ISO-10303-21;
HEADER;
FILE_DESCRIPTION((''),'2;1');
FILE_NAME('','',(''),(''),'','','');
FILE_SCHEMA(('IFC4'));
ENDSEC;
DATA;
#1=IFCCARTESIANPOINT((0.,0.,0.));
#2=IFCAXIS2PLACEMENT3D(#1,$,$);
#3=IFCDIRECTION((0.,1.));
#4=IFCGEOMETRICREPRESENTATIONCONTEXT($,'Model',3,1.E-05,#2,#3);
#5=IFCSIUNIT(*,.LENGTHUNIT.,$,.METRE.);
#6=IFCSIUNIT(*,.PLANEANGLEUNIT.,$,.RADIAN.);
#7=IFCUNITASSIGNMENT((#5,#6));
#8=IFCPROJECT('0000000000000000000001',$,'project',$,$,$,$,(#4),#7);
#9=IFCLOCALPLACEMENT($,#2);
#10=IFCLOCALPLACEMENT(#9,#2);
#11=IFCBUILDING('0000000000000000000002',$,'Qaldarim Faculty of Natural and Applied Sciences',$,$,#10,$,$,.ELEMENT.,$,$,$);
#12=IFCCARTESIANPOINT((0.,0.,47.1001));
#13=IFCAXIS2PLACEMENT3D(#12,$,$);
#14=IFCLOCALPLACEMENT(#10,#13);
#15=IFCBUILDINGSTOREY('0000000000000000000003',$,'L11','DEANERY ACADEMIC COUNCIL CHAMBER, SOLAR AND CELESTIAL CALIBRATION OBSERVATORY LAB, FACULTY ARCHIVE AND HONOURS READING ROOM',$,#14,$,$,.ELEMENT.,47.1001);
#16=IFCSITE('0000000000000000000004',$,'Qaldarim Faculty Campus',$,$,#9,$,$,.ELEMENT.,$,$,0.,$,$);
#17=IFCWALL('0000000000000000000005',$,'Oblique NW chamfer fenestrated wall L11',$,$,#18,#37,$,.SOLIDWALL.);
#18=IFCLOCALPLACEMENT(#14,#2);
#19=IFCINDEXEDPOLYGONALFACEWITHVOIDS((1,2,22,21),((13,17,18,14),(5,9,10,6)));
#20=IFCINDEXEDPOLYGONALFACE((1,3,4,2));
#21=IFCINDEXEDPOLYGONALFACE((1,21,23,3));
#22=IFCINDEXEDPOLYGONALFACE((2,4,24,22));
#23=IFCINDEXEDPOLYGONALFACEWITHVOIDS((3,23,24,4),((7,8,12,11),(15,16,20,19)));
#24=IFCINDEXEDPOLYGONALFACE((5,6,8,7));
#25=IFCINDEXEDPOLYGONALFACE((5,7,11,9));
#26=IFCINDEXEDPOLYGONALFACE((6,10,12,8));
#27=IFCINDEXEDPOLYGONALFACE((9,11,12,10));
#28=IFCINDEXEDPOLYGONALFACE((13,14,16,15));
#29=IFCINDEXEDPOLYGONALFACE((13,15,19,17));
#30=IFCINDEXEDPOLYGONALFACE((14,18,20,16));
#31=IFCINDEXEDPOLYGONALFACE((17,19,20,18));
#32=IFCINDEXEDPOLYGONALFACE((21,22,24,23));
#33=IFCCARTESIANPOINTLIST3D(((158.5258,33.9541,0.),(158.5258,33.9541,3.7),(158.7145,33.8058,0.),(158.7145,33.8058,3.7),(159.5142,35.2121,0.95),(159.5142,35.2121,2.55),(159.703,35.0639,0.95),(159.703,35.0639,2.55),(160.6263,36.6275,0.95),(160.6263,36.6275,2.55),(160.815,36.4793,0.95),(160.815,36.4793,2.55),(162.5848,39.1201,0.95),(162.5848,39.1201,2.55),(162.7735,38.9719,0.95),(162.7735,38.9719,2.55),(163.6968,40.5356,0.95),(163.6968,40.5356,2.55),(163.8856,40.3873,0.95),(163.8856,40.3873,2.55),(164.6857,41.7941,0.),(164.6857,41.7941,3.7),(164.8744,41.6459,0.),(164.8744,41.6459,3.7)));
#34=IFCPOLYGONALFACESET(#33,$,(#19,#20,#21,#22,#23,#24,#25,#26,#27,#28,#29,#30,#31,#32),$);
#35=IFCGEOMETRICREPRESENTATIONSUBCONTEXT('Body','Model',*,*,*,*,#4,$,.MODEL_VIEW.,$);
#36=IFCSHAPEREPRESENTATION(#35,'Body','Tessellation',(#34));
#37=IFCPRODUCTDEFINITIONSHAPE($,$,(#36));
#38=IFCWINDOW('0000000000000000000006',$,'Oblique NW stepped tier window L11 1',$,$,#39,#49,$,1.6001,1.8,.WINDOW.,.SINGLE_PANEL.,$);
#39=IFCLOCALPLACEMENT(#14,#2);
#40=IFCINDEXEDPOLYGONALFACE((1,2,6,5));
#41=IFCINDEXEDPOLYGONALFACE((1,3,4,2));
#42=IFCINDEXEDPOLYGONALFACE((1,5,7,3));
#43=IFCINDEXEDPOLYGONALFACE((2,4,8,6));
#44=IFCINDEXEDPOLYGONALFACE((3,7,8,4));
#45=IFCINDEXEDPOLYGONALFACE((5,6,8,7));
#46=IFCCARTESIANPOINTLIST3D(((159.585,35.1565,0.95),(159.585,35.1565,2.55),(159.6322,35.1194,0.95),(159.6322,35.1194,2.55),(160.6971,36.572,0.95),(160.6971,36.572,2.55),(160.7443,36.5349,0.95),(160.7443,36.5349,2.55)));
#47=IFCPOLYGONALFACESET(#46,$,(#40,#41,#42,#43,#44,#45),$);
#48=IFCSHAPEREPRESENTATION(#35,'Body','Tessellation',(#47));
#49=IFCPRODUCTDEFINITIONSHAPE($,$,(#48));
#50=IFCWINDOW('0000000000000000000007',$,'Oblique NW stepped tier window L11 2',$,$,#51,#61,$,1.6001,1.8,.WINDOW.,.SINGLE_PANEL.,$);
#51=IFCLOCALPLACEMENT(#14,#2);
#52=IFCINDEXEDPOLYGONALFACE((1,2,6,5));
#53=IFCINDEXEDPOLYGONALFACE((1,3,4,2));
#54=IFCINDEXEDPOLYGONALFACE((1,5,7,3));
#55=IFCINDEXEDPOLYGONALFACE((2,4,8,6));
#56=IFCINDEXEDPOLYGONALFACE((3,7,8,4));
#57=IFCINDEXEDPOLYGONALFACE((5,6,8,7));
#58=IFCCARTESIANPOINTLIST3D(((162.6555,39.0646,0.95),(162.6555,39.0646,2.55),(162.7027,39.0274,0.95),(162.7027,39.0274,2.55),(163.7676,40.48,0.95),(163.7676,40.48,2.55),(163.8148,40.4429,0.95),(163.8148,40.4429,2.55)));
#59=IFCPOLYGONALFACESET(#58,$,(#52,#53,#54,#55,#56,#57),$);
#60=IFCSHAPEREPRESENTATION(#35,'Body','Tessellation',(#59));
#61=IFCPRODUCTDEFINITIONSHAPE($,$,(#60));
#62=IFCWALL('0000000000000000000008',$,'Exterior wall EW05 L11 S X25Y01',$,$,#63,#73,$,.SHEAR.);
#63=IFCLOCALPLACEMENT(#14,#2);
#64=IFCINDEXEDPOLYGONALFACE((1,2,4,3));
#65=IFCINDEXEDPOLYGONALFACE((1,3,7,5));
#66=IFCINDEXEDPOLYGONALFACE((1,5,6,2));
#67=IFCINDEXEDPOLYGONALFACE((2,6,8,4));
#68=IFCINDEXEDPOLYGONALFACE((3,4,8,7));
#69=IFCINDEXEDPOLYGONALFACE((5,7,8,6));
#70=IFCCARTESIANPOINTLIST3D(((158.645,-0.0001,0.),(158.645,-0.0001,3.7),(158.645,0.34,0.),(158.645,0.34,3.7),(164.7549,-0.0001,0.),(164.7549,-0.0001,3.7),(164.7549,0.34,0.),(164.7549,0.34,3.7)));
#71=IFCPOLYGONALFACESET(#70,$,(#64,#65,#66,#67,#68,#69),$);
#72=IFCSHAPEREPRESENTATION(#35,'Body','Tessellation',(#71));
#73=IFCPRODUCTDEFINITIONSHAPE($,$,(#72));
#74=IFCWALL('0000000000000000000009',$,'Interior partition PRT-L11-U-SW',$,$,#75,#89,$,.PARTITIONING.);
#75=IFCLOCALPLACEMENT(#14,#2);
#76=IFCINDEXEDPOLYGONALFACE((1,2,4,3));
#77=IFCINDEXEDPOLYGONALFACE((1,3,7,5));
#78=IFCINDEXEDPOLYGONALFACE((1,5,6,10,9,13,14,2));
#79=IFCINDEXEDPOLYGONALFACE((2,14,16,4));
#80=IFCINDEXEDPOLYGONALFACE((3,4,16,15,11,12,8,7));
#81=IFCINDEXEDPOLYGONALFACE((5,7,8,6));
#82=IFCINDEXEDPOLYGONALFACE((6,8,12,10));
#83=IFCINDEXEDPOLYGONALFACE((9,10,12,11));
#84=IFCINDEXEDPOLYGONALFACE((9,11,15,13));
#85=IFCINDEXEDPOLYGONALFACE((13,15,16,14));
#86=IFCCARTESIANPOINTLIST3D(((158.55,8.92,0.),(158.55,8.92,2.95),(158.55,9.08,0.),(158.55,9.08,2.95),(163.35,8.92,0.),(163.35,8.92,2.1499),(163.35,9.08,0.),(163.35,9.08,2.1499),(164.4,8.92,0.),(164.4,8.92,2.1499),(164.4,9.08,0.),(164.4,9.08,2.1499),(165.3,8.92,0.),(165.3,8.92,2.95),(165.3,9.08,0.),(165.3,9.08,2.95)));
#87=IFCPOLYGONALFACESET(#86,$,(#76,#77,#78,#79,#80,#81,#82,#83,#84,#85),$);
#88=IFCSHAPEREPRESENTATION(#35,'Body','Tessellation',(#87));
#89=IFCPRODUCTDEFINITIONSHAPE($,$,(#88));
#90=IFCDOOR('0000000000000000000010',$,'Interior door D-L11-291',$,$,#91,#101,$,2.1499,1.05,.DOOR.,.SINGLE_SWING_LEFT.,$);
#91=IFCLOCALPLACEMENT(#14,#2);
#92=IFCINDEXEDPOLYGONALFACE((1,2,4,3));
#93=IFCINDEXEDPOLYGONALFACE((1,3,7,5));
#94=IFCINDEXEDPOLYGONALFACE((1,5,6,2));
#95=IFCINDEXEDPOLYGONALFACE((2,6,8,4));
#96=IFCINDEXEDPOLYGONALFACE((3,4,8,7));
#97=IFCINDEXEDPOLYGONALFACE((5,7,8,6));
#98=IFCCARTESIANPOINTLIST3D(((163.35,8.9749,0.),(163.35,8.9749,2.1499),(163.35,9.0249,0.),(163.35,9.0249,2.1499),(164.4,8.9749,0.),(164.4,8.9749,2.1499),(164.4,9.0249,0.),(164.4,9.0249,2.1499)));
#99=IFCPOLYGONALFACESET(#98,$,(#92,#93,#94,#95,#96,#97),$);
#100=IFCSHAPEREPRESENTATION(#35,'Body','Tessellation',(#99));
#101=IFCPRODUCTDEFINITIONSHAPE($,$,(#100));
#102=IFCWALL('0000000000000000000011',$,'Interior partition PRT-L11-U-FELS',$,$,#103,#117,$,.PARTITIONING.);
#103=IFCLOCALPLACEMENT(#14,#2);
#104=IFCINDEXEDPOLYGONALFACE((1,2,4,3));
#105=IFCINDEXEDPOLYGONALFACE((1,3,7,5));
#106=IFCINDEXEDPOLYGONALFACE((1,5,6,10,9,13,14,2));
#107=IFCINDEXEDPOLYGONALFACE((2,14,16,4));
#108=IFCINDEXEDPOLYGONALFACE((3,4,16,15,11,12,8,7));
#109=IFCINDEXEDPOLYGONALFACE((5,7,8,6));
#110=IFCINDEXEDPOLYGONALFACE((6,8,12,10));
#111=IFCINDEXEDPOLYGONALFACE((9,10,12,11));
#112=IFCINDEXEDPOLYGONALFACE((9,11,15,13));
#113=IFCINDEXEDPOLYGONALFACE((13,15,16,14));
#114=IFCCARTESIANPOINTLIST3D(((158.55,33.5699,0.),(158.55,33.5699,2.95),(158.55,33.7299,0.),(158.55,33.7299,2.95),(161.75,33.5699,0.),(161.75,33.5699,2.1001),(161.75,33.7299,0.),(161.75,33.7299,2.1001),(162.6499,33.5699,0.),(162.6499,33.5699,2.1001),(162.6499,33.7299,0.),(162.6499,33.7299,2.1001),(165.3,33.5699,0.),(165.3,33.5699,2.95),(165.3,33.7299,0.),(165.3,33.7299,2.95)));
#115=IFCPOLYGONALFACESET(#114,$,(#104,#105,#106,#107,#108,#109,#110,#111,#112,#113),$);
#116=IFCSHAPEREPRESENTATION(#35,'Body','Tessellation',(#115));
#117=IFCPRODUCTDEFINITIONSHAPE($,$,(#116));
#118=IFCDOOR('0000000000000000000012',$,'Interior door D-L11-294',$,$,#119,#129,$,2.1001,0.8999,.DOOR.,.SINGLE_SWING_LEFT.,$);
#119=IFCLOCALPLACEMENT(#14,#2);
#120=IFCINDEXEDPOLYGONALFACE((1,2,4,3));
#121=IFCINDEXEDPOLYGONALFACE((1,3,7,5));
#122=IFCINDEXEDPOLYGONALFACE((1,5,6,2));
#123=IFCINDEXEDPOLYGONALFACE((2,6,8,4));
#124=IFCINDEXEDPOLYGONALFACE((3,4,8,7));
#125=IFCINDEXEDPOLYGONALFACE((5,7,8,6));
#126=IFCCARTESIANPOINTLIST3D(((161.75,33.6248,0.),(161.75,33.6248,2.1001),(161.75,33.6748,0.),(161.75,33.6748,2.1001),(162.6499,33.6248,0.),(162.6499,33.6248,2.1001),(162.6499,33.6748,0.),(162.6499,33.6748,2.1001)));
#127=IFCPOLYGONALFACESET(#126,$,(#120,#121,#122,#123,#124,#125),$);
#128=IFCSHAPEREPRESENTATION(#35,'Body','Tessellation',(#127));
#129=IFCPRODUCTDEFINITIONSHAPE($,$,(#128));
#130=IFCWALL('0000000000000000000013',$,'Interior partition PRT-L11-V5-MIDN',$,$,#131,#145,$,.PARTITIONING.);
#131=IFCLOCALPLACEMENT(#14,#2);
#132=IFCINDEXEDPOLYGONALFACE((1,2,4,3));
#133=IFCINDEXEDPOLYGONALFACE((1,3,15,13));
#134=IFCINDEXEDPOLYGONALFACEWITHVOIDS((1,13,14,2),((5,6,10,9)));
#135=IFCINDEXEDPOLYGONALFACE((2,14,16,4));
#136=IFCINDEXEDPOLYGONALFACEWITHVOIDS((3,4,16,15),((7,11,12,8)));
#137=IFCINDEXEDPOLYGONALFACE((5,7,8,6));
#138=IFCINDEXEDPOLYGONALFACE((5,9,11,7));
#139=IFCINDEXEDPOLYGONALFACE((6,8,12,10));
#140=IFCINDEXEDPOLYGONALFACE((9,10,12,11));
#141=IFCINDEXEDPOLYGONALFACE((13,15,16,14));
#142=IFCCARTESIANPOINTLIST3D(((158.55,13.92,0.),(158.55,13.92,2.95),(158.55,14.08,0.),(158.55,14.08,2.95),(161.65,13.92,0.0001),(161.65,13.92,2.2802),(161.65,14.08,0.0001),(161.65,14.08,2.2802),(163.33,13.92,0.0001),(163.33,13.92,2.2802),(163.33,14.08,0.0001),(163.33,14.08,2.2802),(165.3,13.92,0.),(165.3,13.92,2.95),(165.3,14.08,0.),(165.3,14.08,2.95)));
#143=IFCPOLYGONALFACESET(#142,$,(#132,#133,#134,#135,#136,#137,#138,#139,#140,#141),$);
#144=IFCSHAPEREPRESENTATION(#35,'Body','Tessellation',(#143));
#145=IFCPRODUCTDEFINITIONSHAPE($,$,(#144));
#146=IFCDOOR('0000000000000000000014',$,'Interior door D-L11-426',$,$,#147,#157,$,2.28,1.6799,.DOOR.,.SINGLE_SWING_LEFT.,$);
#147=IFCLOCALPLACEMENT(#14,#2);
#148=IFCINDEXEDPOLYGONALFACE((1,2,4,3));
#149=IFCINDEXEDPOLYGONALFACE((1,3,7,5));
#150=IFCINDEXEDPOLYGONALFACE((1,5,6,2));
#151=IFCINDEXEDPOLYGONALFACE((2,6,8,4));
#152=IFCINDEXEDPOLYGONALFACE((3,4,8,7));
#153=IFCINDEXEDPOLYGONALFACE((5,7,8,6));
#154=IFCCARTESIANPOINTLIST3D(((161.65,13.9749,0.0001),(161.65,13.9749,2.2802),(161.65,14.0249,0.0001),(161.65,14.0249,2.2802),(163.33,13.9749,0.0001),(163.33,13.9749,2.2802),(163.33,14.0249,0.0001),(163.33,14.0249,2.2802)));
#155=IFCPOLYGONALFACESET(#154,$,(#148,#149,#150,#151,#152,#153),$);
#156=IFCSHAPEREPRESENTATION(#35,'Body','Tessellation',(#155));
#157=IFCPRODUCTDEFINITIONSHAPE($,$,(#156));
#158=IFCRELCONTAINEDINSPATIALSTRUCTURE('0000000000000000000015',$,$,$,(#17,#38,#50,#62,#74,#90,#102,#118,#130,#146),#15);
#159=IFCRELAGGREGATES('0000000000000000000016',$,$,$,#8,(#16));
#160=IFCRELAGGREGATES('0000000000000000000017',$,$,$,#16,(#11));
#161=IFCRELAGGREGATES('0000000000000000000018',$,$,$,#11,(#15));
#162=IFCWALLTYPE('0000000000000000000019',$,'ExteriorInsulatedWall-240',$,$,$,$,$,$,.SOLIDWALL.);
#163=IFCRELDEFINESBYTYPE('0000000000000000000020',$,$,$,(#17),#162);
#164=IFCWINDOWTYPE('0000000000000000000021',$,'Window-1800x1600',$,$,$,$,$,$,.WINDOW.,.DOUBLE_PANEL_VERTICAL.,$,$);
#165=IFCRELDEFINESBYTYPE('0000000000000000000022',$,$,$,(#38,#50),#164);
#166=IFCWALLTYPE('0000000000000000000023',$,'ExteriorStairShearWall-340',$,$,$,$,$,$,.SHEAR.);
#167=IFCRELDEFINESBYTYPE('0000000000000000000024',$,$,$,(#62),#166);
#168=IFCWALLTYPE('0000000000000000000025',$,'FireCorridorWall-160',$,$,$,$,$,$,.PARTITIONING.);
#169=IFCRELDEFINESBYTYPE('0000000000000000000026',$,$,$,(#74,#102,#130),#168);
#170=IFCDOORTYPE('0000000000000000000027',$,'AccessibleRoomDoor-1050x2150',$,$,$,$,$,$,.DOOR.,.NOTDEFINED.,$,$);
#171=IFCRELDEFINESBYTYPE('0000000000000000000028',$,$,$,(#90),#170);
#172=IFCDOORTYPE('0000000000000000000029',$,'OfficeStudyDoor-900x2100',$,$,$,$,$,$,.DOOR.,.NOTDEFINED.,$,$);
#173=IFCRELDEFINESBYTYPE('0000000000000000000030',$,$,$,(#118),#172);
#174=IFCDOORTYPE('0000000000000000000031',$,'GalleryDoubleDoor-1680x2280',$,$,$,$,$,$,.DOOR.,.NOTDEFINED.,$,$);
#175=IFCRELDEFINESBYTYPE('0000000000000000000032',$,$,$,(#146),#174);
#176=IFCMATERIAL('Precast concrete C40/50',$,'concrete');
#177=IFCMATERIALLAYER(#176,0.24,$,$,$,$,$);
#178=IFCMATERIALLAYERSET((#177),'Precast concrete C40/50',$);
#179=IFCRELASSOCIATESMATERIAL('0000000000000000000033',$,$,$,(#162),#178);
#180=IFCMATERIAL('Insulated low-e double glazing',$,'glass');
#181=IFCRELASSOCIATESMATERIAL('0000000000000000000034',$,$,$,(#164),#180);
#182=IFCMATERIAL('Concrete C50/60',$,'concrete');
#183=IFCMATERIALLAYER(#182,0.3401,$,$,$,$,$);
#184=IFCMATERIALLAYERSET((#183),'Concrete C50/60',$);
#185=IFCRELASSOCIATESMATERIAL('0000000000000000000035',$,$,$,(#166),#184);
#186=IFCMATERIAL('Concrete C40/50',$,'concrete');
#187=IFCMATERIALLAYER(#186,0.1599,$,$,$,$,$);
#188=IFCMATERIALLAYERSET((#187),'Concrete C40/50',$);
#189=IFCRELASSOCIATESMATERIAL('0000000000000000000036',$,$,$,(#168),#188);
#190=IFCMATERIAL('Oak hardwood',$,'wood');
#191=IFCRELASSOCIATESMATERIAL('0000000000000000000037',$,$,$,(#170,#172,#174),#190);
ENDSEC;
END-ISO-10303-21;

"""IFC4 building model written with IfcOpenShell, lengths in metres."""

from ifc_helpers import new_model, si_unit, direction, frame, frame_2d, origin, place, context, subcontext, project, spatial, rectangle, extrude, material, layer, layer_set, type_object, element, fill, save


model = new_model("IFC4")

# Units and contexts
model_context = context("Model", 3, precision=1e-05, world=origin(), true_north=direction((0.0, 1.0)))
body_context = subcontext(model_context, "Body", "Model", "MODEL_VIEW")
ifc_project = project(units=[si_unit("LENGTHUNIT", "METRE"), si_unit("PLANEANGLEUNIT", "RADIAN")], contexts=[model_context])

# Site, building, storey
site_placement = place(None, origin())
site = spatial("IfcSite", under=ifc_project, at=site_placement, Name="Qaldarim Faculty Campus", CompositionType="ELEMENT", RefElevation=0.0)
building_placement = place(site_placement, origin())
building = spatial("IfcBuilding", under=site, at=building_placement, Name="Qaldarim Faculty of Natural and Applied Sciences", CompositionType="ELEMENT")
storey_placement = place(building_placement, frame((0.0, 0.0, 47.1001)))
storey = spatial("IfcBuildingStorey", under=building, at=storey_placement, Name="L11", Description="DEANERY ACADEMIC COUNCIL CHAMBER, SOLAR AND CELESTIAL CALIBRATION OBSERVATORY LAB, FACULTY ARCHIVE AND HONOURS READING ROOM", CompositionType="ELEMENT", Elevation=47.1001)

# Shared definitions
ifc_material_1 = material(Name="Concrete C40/50", Category="concrete")
ifc_material_2 = material(Name="Precast concrete C40/50", Category="concrete")

# Shared definitions
ifc_layer_1 = layer(ifc_material_2, 0.24)
ifc_layer_set_1 = layer_set([ifc_layer_1], Name="Precast concrete C40/50")
wall_type_1 = type_object("IfcWallType", Name="ExteriorInsulatedWall-240", PredefinedType="SOLIDWALL", material=ifc_layer_set_1)
ifc_material_3 = material(Name="Insulated low-e double glazing", Category="glass")

# Wall, openings, windows
wall_1_placement = place(storey_placement, frame((158.6201, 33.8799, 0.0), z_axis=(0.0, 0.0, 1.0), x_axis=(0.617812, 0.786326, 0.0)))
wall_1 = element("IfcWall", 1, at=wall_1_placement, inside=storey, type_object=wall_type_1, Name="Oblique NW chamfer fenestrated wall L11", PredefinedType="SOLIDWALL", context=body_context, shape_type="SweptSolid", body=[
    extrude(rectangle(XDim=9.9705, YDim=0.24, at=frame_2d((4.9854, 0.0))), origin(), (0.0, 0.0, 1.0), 3.7),
])
opening_1_placement = place(wall_1_placement, frame((1.6001, 0.0, 0.95)))
opening_1 = element("IfcOpeningElement", 2, at=opening_1_placement, cuts=wall_1, PredefinedType="OPENING", context=body_context, shape_type="SweptSolid", body=[
    extrude(rectangle(XDim=1.8, YDim=1.6001, at=frame_2d((0.8999, 0.8))), frame((0.0, 0.1299, 0.0), z_axis=(0.0, -1.0, 0.0), x_axis=(1.0, 0.0, 0.0)), (0.0, 0.0, 1.0), 0.26),
])
opening_2_placement = place(wall_1_placement, frame((6.5701, 0.0, 0.95)))
opening_2 = element("IfcOpeningElement", 3, at=opening_2_placement, cuts=wall_1, PredefinedType="OPENING", context=body_context, shape_type="SweptSolid", body=[
    extrude(rectangle(XDim=1.8, YDim=1.6001, at=frame_2d((0.8999, 0.8))), frame((0.0, 0.1299, 0.0), z_axis=(0.0, -1.0, 0.0), x_axis=(1.0, 0.0, 0.0)), (0.0, 0.0, 1.0), 0.26),
])
window_type_1 = type_object("IfcWindowType", Name="Window-1800x1600", PartitioningType="DOUBLE_PANEL_VERTICAL", PredefinedType="WINDOW", material=ifc_material_3)
window_1_placement = place(opening_1_placement, origin())
window_1 = element("IfcWindow", 4, at=window_1_placement, inside=storey, type_object=window_type_1, Name="Oblique NW stepped tier window L11 1", OverallHeight=1.6001, OverallWidth=1.8, PartitioningType="SINGLE_PANEL", PredefinedType="WINDOW", context=body_context, shape_type="SweptSolid", body=[
    extrude(rectangle(XDim=1.8, YDim=1.6001, at=frame_2d((0.8999, 0.8))), frame((0.0, 0.03, 0.0), z_axis=(0.0, -1.0, 0.0), x_axis=(1.0, 0.0, 0.0)), (0.0, 0.0, 1.0), 0.0601),
])
fill(opening_1, window_1)
window_2_placement = place(opening_2_placement, origin())
window_2 = element("IfcWindow", 5, at=window_2_placement, inside=storey, type_object=window_type_1, Name="Oblique NW stepped tier window L11 2", OverallHeight=1.6001, OverallWidth=1.8, PartitioningType="SINGLE_PANEL", PredefinedType="WINDOW", context=body_context, shape_type="SweptSolid", body=[
    extrude(rectangle(XDim=1.8, YDim=1.6001, at=frame_2d((0.8999, 0.8))), frame((0.0, 0.03, 0.0), z_axis=(0.0, -1.0, 0.0), x_axis=(1.0, 0.0, 0.0)), (0.0, 0.0, 1.0), 0.0601),
])
fill(opening_2, window_2)

# Wall
ifc_material_4 = material(Name="Concrete C50/60", Category="concrete")
ifc_layer_2 = layer(ifc_material_4, 0.3401)
ifc_layer_set_2 = layer_set([ifc_layer_2], Name="Concrete C50/60")
wall_type_2 = type_object("IfcWallType", Name="ExteriorStairShearWall-340", PredefinedType="SHEAR", material=ifc_layer_set_2)
wall_2_placement = place(storey_placement, frame((158.645, 0.1699, 0.0), z_axis=(0.0, 0.0, 1.0), x_axis=(1.0, 0.0, 0.0)))
element("IfcWall", 6, at=wall_2_placement, inside=storey, type_object=wall_type_2, Name="Exterior wall EW05 L11 S X25Y01", PredefinedType="SHEAR", context=body_context, shape_type="SweptSolid", body=[
    extrude(rectangle(XDim=6.1099, YDim=0.3401, at=frame_2d((3.0549, 0.0))), origin(), (0.0, 0.0, 1.0), 3.7),
])

# Walls, openings, doors
ifc_layer_3 = layer(ifc_material_1, 0.1599)
ifc_layer_set_3 = layer_set([ifc_layer_3], Name="Concrete C40/50")
wall_type_3 = type_object("IfcWallType", Name="FireCorridorWall-160", PredefinedType="PARTITIONING", material=ifc_layer_set_3)
wall_3_placement = place(storey_placement, frame((158.55, 9.0, 0.0), z_axis=(0.0, 0.0, 1.0), x_axis=(1.0, 0.0, 0.0)))
wall_3 = element("IfcWall", 7, at=wall_3_placement, inside=storey, type_object=wall_type_3, Name="Interior partition PRT-L11-U-SW", PredefinedType="PARTITIONING", context=body_context, shape_type="SweptSolid", body=[
    extrude(rectangle(XDim=6.75, YDim=0.1599, at=frame_2d((3.375, 0.0))), origin(), (0.0, 0.0, 1.0), 2.95),
])
opening_3_placement = place(wall_3_placement, frame((4.8, 0.0, 0.0)))
opening_3 = element("IfcOpeningElement", 8, at=opening_3_placement, cuts=wall_3, PredefinedType="OPENING", context=body_context, shape_type="SweptSolid", body=[
    extrude(rectangle(XDim=1.05, YDim=2.1499, at=frame_2d((0.5249, 1.075))), frame((0.0, 0.0898, 0.0), z_axis=(0.0, -1.0, 0.0), x_axis=(1.0, 0.0, 0.0)), (0.0, 0.0, 1.0), 0.1799),
])
ifc_material_5 = material(Name="Oak hardwood", Category="wood")
door_type_1 = type_object("IfcDoorType", Name="AccessibleRoomDoor-1050x2150", OperationType="NOTDEFINED", PredefinedType="DOOR", material=ifc_material_5)
door_1_placement = place(opening_3_placement, origin())
door_1 = element("IfcDoor", 9, at=door_1_placement, inside=storey, type_object=door_type_1, Name="Interior door D-L11-291", OperationType="SINGLE_SWING_LEFT", OverallHeight=2.1499, OverallWidth=1.05, PredefinedType="DOOR", context=body_context, shape_type="SweptSolid", body=[
    extrude(rectangle(XDim=1.05, YDim=2.1499, at=frame_2d((0.5249, 1.075))), frame((0.0, 0.0249, 0.0), z_axis=(0.0, -1.0, 0.0), x_axis=(1.0, 0.0, 0.0)), (0.0, 0.0, 1.0), 0.05),
])
fill(opening_3, door_1)
wall_4_placement = place(storey_placement, frame((158.55, 33.6499, 0.0), z_axis=(0.0, 0.0, 1.0), x_axis=(1.0, 0.0, 0.0)))
wall_4 = element("IfcWall", 10, at=wall_4_placement, inside=storey, type_object=wall_type_3, Name="Interior partition PRT-L11-U-FELS", PredefinedType="PARTITIONING", context=body_context, shape_type="SweptSolid", body=[
    extrude(rectangle(XDim=6.75, YDim=0.1599, at=frame_2d((3.375, 0.0))), origin(), (0.0, 0.0, 1.0), 2.95),
])
opening_4_placement = place(wall_4_placement, frame((3.2, 0.0, 0.0)))
opening_4 = element("IfcOpeningElement", 11, at=opening_4_placement, cuts=wall_4, PredefinedType="OPENING", context=body_context, shape_type="SweptSolid", body=[
    extrude(rectangle(XDim=0.8999, YDim=2.1001, at=frame_2d((0.45, 1.05))), frame((0.0, 0.0898, 0.0), z_axis=(0.0, -1.0, 0.0), x_axis=(1.0, 0.0, 0.0)), (0.0, 0.0, 1.0), 0.1799),
])
door_type_2 = type_object("IfcDoorType", Name="OfficeStudyDoor-900x2100", OperationType="NOTDEFINED", PredefinedType="DOOR", material=ifc_material_5)
door_2_placement = place(opening_4_placement, origin())
door_2 = element("IfcDoor", 12, at=door_2_placement, inside=storey, type_object=door_type_2, Name="Interior door D-L11-294", OperationType="SINGLE_SWING_LEFT", OverallHeight=2.1001, OverallWidth=0.8999, PredefinedType="DOOR", context=body_context, shape_type="SweptSolid", body=[
    extrude(rectangle(XDim=0.8999, YDim=2.1001, at=frame_2d((0.45, 1.05))), frame((0.0, 0.0249, 0.0), z_axis=(0.0, -1.0, 0.0), x_axis=(1.0, 0.0, 0.0)), (0.0, 0.0, 1.0), 0.05),
])
fill(opening_4, door_2)
wall_5_placement = place(storey_placement, frame((158.55, 14.0, 0.0), z_axis=(0.0, 0.0, 1.0), x_axis=(1.0, 0.0, 0.0)))
wall_5 = element("IfcWall", 13, at=wall_5_placement, inside=storey, type_object=wall_type_3, Name="Interior partition PRT-L11-V5-MIDN", PredefinedType="PARTITIONING", context=body_context, shape_type="SweptSolid", body=[
    extrude(rectangle(XDim=6.75, YDim=0.1599, at=frame_2d((3.375, 0.0))), origin(), (0.0, 0.0, 1.0), 2.95),
])
opening_5_placement = place(wall_5_placement, frame((3.1001, 0.0, 0.0)))
opening_5 = element("IfcOpeningElement", 14, at=opening_5_placement, cuts=wall_5, PredefinedType="OPENING", context=body_context, shape_type="SweptSolid", body=[
    extrude(rectangle(XDim=1.6799, YDim=2.28, at=frame_2d((0.8398, 1.1401))), frame((0.0, 0.0898, 0.0), z_axis=(0.0, -1.0, 0.0), x_axis=(1.0, 0.0, 0.0)), (0.0, 0.0, 1.0), 0.1799),
])
door_type_3 = type_object("IfcDoorType", Name="GalleryDoubleDoor-1680x2280", OperationType="NOTDEFINED", PredefinedType="DOOR", material=ifc_material_5)
door_3_placement = place(opening_5_placement, origin())
door_3 = element("IfcDoor", 15, at=door_3_placement, inside=storey, type_object=door_type_3, Name="Interior door D-L11-426", OperationType="SINGLE_SWING_LEFT", OverallHeight=2.28, OverallWidth=1.6799, PredefinedType="DOOR", context=body_context, shape_type="SweptSolid", body=[
    extrude(rectangle(XDim=1.6799, YDim=2.28, at=frame_2d((0.8398, 1.1401))), frame((0.0, 0.0249, 0.0), z_axis=(0.0, -1.0, 0.0), x_axis=(1.0, 0.0, 0.0)), (0.0, 0.0, 1.0), 0.05),
])
fill(opening_5, door_3)

save(model, "model.ifc")
